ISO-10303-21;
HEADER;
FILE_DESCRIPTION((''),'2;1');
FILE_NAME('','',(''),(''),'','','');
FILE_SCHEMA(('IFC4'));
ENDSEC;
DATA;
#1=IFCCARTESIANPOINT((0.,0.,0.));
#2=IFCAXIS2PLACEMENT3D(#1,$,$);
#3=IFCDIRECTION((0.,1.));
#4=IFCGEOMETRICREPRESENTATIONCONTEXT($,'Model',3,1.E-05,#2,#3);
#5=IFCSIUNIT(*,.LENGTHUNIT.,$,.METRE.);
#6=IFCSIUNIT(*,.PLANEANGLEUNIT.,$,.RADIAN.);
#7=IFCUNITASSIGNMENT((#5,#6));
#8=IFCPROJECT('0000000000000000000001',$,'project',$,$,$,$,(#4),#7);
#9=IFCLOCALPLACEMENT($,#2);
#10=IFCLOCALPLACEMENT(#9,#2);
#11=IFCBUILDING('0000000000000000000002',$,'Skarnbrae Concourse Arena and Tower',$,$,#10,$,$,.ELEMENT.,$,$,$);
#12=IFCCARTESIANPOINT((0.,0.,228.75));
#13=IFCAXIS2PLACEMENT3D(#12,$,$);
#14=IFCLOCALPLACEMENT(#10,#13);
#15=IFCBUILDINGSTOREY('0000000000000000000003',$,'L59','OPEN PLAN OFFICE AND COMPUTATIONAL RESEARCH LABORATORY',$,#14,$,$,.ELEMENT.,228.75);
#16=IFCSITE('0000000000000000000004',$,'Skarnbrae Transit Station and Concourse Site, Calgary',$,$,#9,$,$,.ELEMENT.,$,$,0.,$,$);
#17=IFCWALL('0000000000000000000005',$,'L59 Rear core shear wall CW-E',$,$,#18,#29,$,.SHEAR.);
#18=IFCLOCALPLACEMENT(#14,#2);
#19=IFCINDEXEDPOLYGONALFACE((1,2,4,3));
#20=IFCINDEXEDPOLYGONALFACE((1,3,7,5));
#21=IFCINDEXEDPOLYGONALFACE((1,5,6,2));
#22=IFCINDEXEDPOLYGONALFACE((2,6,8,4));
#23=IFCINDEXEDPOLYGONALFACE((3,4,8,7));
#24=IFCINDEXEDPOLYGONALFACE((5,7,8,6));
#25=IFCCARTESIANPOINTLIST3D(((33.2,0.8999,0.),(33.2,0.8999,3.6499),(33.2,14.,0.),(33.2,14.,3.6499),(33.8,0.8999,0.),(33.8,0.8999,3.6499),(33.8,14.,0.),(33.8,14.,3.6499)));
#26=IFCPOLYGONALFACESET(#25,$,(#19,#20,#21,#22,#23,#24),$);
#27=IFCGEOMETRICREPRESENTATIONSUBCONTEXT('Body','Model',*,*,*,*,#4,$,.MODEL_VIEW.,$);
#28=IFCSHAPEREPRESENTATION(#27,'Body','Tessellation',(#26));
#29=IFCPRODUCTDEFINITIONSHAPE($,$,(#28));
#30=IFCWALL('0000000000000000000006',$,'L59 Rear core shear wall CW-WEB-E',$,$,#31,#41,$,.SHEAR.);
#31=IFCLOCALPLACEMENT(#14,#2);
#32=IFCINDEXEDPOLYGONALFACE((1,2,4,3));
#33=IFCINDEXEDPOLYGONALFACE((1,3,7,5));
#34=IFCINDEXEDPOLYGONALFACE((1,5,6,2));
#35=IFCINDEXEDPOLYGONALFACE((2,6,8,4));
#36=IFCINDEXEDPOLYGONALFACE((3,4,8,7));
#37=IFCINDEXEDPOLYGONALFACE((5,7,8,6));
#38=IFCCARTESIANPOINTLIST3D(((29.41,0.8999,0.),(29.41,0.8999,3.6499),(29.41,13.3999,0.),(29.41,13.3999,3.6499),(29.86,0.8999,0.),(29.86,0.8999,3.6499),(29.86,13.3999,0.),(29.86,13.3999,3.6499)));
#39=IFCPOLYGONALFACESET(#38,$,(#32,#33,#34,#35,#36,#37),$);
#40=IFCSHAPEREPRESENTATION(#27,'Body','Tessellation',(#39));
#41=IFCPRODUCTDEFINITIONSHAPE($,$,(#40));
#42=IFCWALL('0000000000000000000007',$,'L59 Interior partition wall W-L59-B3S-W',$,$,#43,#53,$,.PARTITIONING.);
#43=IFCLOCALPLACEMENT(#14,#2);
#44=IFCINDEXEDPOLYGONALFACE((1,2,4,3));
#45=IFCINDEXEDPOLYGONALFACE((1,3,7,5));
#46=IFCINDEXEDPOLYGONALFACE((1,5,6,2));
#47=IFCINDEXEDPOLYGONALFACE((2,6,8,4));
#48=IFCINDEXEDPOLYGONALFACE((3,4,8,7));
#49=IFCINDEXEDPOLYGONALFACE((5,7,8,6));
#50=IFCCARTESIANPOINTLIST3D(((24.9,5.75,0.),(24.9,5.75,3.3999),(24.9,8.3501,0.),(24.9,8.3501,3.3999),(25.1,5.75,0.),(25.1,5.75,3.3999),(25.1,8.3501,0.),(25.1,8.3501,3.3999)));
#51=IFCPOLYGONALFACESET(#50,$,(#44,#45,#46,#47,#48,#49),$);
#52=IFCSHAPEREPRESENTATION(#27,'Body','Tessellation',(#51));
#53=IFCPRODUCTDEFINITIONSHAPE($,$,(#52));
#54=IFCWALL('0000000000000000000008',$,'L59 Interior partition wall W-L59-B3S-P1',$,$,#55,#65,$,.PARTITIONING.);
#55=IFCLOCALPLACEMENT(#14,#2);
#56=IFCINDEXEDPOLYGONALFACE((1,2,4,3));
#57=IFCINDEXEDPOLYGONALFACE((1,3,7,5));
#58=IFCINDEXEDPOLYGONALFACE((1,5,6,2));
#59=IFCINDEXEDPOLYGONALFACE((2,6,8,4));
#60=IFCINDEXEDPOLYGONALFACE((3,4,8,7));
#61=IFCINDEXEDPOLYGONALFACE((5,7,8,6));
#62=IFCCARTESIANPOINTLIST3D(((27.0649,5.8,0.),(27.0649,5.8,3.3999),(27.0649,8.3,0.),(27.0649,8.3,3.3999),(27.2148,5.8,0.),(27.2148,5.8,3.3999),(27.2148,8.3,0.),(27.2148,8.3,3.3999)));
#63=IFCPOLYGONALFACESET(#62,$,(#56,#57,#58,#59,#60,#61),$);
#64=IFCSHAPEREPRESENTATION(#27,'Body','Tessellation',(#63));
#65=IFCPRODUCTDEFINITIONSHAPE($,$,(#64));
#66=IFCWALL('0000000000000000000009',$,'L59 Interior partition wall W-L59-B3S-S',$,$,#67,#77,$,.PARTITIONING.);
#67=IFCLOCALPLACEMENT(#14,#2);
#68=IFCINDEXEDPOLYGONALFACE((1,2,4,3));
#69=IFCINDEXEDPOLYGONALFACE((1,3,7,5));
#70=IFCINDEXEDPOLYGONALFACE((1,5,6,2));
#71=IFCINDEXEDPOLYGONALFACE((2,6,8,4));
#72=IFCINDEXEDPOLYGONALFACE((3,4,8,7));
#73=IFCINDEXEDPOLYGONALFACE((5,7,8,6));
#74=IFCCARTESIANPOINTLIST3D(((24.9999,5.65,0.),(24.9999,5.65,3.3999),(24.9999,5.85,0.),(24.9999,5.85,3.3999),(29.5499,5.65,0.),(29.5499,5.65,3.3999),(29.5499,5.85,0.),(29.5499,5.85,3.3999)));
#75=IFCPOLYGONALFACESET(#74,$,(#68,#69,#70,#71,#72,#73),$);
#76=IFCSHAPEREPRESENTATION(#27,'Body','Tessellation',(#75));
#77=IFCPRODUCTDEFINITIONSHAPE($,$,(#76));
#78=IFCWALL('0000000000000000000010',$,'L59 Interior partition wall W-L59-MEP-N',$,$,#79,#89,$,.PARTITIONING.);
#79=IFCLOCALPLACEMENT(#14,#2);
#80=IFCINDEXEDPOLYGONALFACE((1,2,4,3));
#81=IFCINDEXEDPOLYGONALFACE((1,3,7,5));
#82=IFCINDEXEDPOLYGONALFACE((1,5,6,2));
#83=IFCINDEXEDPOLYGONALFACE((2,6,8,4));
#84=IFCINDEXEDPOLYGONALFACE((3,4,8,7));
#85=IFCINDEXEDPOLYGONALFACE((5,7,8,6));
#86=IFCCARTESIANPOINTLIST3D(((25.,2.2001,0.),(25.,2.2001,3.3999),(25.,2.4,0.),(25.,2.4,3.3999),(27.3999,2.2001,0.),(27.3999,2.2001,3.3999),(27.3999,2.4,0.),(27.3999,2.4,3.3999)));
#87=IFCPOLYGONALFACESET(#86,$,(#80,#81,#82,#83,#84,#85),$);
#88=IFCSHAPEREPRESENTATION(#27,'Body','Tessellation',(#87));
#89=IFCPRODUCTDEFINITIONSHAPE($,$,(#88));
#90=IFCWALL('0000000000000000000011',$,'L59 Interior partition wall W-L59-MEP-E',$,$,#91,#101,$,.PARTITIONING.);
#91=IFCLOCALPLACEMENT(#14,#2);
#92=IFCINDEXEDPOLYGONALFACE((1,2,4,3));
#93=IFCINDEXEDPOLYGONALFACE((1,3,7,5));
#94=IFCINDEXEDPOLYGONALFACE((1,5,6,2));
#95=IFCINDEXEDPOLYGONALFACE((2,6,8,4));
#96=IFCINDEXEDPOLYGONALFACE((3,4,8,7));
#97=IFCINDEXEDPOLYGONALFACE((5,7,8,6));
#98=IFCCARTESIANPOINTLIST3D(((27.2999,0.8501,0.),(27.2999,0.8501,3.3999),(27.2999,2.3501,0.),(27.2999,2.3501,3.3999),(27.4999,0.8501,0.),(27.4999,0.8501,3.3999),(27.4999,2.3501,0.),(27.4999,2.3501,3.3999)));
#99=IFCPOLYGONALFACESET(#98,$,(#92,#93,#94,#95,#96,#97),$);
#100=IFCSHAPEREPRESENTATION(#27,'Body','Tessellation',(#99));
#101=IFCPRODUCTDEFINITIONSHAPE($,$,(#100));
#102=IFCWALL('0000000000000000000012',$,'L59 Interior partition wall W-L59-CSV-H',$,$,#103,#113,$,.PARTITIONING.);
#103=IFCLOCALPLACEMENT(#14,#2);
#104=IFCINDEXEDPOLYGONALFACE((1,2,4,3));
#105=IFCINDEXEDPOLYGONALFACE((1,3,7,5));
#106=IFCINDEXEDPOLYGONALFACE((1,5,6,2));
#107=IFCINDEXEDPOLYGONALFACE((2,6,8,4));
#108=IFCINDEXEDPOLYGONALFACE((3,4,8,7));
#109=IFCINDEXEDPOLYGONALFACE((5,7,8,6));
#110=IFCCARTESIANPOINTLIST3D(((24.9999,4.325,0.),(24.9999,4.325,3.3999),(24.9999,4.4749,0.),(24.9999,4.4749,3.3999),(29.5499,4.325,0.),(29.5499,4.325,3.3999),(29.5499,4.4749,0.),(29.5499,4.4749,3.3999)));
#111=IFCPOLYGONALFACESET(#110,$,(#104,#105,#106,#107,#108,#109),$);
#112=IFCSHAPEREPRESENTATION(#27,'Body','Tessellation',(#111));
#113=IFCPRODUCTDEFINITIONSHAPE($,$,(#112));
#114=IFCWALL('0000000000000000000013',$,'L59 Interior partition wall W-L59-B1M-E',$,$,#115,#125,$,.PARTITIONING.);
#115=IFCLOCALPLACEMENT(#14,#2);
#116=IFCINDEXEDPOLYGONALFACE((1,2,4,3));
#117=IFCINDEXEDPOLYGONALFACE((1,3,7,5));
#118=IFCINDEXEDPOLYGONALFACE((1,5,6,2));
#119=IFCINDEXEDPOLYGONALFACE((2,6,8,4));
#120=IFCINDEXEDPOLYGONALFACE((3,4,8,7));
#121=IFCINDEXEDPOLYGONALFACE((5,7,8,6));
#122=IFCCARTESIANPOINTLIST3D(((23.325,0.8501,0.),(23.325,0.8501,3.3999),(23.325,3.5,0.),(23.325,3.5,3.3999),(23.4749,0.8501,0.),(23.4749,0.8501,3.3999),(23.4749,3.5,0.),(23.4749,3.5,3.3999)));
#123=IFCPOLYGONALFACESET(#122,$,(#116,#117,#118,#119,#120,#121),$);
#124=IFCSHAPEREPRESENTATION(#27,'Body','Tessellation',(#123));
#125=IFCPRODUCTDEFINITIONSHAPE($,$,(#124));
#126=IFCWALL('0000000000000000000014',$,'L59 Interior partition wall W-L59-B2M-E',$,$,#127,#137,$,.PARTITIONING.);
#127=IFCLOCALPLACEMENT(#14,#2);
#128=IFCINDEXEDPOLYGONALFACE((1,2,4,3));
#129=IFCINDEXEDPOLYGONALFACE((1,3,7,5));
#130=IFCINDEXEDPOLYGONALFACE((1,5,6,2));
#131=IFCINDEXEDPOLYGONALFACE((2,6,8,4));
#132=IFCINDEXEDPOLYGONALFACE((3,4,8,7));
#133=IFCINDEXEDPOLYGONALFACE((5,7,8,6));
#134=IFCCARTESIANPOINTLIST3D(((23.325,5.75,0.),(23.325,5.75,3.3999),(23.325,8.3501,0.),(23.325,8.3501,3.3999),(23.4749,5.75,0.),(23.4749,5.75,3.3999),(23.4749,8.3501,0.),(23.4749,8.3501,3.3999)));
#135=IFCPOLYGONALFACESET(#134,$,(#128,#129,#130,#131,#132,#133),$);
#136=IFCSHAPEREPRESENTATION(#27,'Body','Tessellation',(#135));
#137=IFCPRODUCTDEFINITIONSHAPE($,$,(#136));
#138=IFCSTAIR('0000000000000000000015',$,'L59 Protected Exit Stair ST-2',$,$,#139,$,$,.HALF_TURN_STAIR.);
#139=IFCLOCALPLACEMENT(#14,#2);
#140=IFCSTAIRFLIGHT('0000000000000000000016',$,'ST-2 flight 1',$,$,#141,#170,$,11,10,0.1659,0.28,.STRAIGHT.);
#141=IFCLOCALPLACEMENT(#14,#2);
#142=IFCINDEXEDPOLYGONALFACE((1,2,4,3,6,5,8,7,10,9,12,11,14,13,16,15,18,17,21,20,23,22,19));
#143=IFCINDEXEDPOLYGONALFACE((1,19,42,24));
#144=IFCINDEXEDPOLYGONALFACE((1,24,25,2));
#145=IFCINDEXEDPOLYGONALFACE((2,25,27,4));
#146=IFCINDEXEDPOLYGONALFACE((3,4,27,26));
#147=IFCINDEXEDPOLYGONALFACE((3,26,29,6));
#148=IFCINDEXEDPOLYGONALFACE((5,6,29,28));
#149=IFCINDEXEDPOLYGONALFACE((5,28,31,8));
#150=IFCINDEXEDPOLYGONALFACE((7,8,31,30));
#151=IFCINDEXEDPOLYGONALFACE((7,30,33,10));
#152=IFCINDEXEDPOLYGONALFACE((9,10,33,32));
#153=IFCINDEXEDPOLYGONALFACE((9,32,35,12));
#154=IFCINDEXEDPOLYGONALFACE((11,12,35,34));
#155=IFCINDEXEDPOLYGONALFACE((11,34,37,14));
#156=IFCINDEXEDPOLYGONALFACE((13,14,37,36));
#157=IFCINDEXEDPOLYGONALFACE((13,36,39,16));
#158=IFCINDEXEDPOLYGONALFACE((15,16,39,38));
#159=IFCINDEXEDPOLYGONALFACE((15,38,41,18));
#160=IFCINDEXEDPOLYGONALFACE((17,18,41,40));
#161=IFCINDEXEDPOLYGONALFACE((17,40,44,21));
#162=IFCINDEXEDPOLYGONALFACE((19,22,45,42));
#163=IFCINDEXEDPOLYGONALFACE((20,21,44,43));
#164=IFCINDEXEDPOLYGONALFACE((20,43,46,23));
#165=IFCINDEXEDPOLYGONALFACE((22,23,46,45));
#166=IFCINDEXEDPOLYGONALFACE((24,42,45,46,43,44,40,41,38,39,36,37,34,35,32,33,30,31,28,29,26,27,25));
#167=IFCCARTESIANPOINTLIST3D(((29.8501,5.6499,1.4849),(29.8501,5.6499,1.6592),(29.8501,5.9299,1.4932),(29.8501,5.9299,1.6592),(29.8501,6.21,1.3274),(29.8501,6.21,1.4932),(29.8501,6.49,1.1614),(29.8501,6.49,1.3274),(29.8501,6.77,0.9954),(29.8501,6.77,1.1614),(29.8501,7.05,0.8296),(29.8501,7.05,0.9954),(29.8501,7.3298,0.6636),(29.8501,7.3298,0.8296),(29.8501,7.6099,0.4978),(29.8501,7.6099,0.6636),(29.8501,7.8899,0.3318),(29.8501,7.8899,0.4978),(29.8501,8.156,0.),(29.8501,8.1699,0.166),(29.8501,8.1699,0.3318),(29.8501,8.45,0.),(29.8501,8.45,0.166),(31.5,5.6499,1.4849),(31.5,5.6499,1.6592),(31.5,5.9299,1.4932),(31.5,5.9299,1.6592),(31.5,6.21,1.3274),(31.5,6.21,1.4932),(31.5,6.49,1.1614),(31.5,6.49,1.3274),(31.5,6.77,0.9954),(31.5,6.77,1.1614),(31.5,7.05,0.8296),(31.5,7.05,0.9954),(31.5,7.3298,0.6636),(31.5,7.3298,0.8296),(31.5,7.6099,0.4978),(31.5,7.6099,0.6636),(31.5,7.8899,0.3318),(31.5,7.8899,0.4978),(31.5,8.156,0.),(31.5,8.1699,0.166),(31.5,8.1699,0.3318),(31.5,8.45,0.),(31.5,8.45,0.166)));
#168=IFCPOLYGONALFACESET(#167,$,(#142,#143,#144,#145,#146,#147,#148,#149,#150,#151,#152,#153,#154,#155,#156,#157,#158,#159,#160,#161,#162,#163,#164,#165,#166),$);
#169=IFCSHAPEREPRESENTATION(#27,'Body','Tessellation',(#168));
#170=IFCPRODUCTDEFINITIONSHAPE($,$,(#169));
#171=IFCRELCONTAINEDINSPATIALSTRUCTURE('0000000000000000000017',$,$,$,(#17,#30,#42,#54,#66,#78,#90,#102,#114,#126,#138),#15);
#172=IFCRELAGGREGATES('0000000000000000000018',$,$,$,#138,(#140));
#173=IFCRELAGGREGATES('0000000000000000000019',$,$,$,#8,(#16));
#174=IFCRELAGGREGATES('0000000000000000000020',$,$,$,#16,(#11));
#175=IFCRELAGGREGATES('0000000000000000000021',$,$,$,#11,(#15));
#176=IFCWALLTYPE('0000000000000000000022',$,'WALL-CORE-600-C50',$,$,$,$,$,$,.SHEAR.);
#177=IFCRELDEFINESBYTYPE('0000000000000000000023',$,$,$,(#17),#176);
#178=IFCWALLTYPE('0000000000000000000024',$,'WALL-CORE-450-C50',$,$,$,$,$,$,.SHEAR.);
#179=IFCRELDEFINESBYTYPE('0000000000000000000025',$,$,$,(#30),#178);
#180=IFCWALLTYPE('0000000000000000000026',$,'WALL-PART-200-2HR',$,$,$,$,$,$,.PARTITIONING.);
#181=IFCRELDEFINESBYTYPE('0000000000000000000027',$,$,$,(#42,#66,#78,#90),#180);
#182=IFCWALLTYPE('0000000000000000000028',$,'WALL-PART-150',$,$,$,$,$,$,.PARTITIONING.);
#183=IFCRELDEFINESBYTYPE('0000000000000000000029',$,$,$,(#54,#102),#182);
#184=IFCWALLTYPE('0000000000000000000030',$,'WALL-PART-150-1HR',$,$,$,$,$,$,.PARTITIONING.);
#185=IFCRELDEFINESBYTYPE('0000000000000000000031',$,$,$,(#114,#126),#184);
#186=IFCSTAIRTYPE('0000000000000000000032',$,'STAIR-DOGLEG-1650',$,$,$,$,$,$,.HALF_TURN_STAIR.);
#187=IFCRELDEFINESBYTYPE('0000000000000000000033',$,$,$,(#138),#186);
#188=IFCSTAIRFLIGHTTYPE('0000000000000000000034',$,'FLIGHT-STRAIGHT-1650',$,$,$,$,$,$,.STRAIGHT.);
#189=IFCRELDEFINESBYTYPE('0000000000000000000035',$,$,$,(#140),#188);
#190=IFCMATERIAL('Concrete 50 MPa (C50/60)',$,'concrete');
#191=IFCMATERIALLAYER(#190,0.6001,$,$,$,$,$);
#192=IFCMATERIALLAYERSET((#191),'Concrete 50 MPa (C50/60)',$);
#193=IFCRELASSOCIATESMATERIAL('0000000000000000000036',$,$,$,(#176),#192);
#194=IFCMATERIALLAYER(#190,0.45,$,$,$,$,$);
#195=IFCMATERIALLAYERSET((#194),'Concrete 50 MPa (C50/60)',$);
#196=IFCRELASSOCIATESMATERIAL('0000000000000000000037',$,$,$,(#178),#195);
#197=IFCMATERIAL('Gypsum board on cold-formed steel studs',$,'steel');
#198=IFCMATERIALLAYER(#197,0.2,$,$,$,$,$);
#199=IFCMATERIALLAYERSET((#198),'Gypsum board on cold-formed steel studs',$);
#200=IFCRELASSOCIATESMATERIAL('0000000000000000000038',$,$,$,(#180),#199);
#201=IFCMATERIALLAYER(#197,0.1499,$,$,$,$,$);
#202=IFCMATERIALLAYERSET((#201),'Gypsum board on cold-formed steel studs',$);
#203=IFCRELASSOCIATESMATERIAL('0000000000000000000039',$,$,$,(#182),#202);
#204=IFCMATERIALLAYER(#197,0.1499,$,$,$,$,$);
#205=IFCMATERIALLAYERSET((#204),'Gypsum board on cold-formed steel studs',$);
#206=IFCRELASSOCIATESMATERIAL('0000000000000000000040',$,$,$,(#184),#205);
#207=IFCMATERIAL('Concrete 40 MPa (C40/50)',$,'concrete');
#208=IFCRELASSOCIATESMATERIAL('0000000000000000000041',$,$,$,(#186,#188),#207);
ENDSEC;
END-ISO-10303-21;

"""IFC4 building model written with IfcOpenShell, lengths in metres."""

from ifc_helpers import new_model, si_unit, direction, frame, frame_2d, origin, place, context, subcontext, project, spatial, polyline, rectangle, outline, extrude, source, transform, mapped, material, layer, layer_set, type_object, element, aggregate, save


model = new_model("IFC4")

# Units and contexts
model_context = context("Model", 3, precision=1e-05, world=origin(), true_north=direction((0.0, 1.0)))
body_context = subcontext(model_context, "Body", "Model", "MODEL_VIEW")
ifc_project = project(units=[si_unit("LENGTHUNIT", "METRE"), si_unit("PLANEANGLEUNIT", "RADIAN")], contexts=[model_context])

# Site, building, storey
site_placement = place(None, origin())
site = spatial("IfcSite", under=ifc_project, at=site_placement, Name="Skarnbrae Transit Station and Concourse Site, Calgary", CompositionType="ELEMENT", RefElevation=0.0)
building_placement = place(site_placement, origin())
building = spatial("IfcBuilding", under=site, at=building_placement, Name="Skarnbrae Concourse Arena and Tower", CompositionType="ELEMENT")
storey_placement = place(building_placement, frame((0.0, 0.0, 228.75)))
storey = spatial("IfcBuildingStorey", under=building, at=storey_placement, Name="L59", Description="OPEN PLAN OFFICE AND COMPUTATIONAL RESEARCH LABORATORY", CompositionType="ELEMENT", Elevation=228.75)

# Walls
ifc_material_1 = material(Name="Concrete 50 MPa (C50/60)", Category="concrete")
ifc_layer_1 = layer(ifc_material_1, 0.6001)
ifc_layer_set_1 = layer_set([ifc_layer_1], Name="Concrete 50 MPa (C50/60)")
wall_type_1 = type_object("IfcWallType", Name="WALL-CORE-600-C50", PredefinedType="SHEAR", material=ifc_layer_set_1)
shared_shape_1 = source(origin(), body_context, "Body", "SweptSolid", [
    extrude(rectangle(XDim=13.1001, YDim=0.6001, at=frame_2d((6.55, 0.0))), origin(), (0.0, 0.0, 1.0), 3.6499),
])
wall_1_placement = place(storey_placement, frame((33.5, 0.8999, 0.0), z_axis=(0.0, 0.0, 1.0), x_axis=(0.0, 1.0, 0.0)))
element("IfcWall", 1, at=wall_1_placement, inside=storey, type_object=wall_type_1, Name="L59 Rear core shear wall CW-E", PredefinedType="SHEAR", context=body_context, shape_type="MappedRepresentation", body=[
    mapped(shared_shape_1, transform((0.0, 0.0, 0.0))),
])
ifc_layer_2 = layer(ifc_material_1, 0.45)
ifc_layer_set_2 = layer_set([ifc_layer_2], Name="Concrete 50 MPa (C50/60)")
wall_type_2 = type_object("IfcWallType", Name="WALL-CORE-450-C50", PredefinedType="SHEAR", material=ifc_layer_set_2)
shared_shape_2 = source(origin(), body_context, "Body", "SweptSolid", [
    extrude(rectangle(XDim=12.5, YDim=0.45, at=frame_2d((6.25, 0.0))), origin(), (0.0, 0.0, 1.0), 3.6499),
])
wall_2_placement = place(storey_placement, frame((29.635, 0.8999, 0.0), z_axis=(0.0, 0.0, 1.0), x_axis=(0.0, 1.0, 0.0)))
element("IfcWall", 2, at=wall_2_placement, inside=storey, type_object=wall_type_2, Name="L59 Rear core shear wall CW-WEB-E", PredefinedType="SHEAR", context=body_context, shape_type="MappedRepresentation", body=[
    mapped(shared_shape_2, transform((0.0, 0.0, 0.0))),
])
ifc_material_2 = material(Name="Gypsum board on cold-formed steel studs", Category="steel")
ifc_layer_3 = layer(ifc_material_2, 0.2)
ifc_layer_set_3 = layer_set([ifc_layer_3], Name="Gypsum board on cold-formed steel studs")
wall_type_3 = type_object("IfcWallType", Name="WALL-PART-200-2HR", PredefinedType="PARTITIONING", material=ifc_layer_set_3)
shared_shape_3 = source(origin(), body_context, "Body", "SweptSolid", [
    extrude(rectangle(XDim=2.6001, YDim=0.2, at=frame_2d((1.3, 0.0))), origin(), (0.0, 0.0, 1.0), 3.3999),
])
wall_3_placement = place(storey_placement, frame((25.0, 5.75, 0.0), z_axis=(0.0, 0.0, 1.0), x_axis=(0.0, 1.0, 0.0)))
element("IfcWall", 3, at=wall_3_placement, inside=storey, type_object=wall_type_3, Name="L59 Interior partition wall W-L59-B3S-W", PredefinedType="PARTITIONING", context=body_context, shape_type="MappedRepresentation", body=[
    mapped(shared_shape_3, transform((0.0, 0.0, 0.0))),
])
ifc_layer_4 = layer(ifc_material_2, 0.1499)
ifc_layer_set_4 = layer_set([ifc_layer_4], Name="Gypsum board on cold-formed steel studs")
wall_type_4 = type_object("IfcWallType", Name="WALL-PART-150", PredefinedType="PARTITIONING", material=ifc_layer_set_4)
shared_shape_4 = source(origin(), body_context, "Body", "SweptSolid", [
    extrude(rectangle(XDim=2.5, YDim=0.1499, at=frame_2d((1.25, 0.0))), origin(), (0.0, 0.0, 1.0), 3.3999),
])
wall_4_placement = place(storey_placement, frame((27.1399, 5.8, 0.0), z_axis=(0.0, 0.0, 1.0), x_axis=(0.0, 1.0, 0.0)))
element("IfcWall", 4, at=wall_4_placement, inside=storey, type_object=wall_type_4, Name="L59 Interior partition wall W-L59-B3S-P1", PredefinedType="PARTITIONING", context=body_context, shape_type="MappedRepresentation", body=[
    mapped(shared_shape_4, transform((0.0, 0.0, 0.0))),
])

# Shared definitions
shared_shape_5 = source(origin(), body_context, "Body", "SweptSolid", [
    extrude(rectangle(XDim=4.55, YDim=0.2, at=frame_2d((2.2749, 0.0))), origin(), (0.0, 0.0, 1.0), 3.3999),
])

# Wall
wall_5_placement = place(storey_placement, frame((25.0, 5.75, 0.0), z_axis=(0.0, 0.0, 1.0), x_axis=(1.0, 0.0, 0.0)))
element("IfcWall", 5, at=wall_5_placement, inside=storey, type_object=wall_type_3, Name="L59 Interior partition wall W-L59-B3S-S", PredefinedType="PARTITIONING", context=body_context, shape_type="MappedRepresentation", body=[
    mapped(shared_shape_5, transform((0.0, 0.0, 0.0))),
])

# Shared definitions
ifc_layer_5 = layer(ifc_material_2, 0.1499)
ifc_layer_set_5 = layer_set([ifc_layer_5], Name="Gypsum board on cold-formed steel studs")
wall_type_5 = type_object("IfcWallType", Name="WALL-PART-150-1HR", PredefinedType="PARTITIONING", material=ifc_layer_set_5)

# Walls
shared_shape_6 = source(origin(), body_context, "Body", "SweptSolid", [
    extrude(rectangle(XDim=2.3999, YDim=0.2, at=frame_2d((1.2, 0.0))), origin(), (0.0, 0.0, 1.0), 3.3999),
])
wall_6_placement = place(storey_placement, frame((25.0, 2.3, 0.0), z_axis=(0.0, 0.0, 1.0), x_axis=(1.0, 0.0, 0.0)))
element("IfcWall", 6, at=wall_6_placement, inside=storey, type_object=wall_type_3, Name="L59 Interior partition wall W-L59-MEP-N", PredefinedType="PARTITIONING", context=body_context, shape_type="MappedRepresentation", body=[
    mapped(shared_shape_6, transform((0.0, 0.0, 0.0))),
])
shared_shape_7 = source(origin(), body_context, "Body", "SweptSolid", [
    extrude(rectangle(XDim=1.5, YDim=0.2, at=frame_2d((0.75, 0.0))), origin(), (0.0, 0.0, 1.0), 3.3999),
])
wall_7_placement = place(storey_placement, frame((27.3999, 0.8501, 0.0), z_axis=(0.0, 0.0, 1.0), x_axis=(0.0, 1.0, 0.0)))
element("IfcWall", 7, at=wall_7_placement, inside=storey, type_object=wall_type_3, Name="L59 Interior partition wall W-L59-MEP-E", PredefinedType="PARTITIONING", context=body_context, shape_type="MappedRepresentation", body=[
    mapped(shared_shape_7, transform((0.0, 0.0, 0.0))),
])
shared_shape_8 = source(origin(), body_context, "Body", "SweptSolid", [
    extrude(rectangle(XDim=4.55, YDim=0.1499, at=frame_2d((2.2749, 0.0))), origin(), (0.0, 0.0, 1.0), 3.3999),
])
wall_8_placement = place(storey_placement, frame((25.0, 4.3999, 0.0), z_axis=(0.0, 0.0, 1.0), x_axis=(1.0, 0.0, 0.0)))
element("IfcWall", 8, at=wall_8_placement, inside=storey, type_object=wall_type_4, Name="L59 Interior partition wall W-L59-CSV-H", PredefinedType="PARTITIONING", context=body_context, shape_type="MappedRepresentation", body=[
    mapped(shared_shape_8, transform((0.0, 0.0, 0.0))),
])
shared_shape_9 = source(origin(), body_context, "Body", "SweptSolid", [
    extrude(rectangle(XDim=2.6499, YDim=0.1499, at=frame_2d((1.325, 0.0))), origin(), (0.0, 0.0, 1.0), 3.3999),
])
wall_9_placement = place(storey_placement, frame((23.3999, 0.8501, 0.0), z_axis=(0.0, 0.0, 1.0), x_axis=(0.0, 1.0, 0.0)))
element("IfcWall", 9, at=wall_9_placement, inside=storey, type_object=wall_type_5, Name="L59 Interior partition wall W-L59-B1M-E", PredefinedType="PARTITIONING", context=body_context, shape_type="MappedRepresentation", body=[
    mapped(shared_shape_9, transform((0.0, 0.0, 0.0))),
])
shared_shape_10 = source(origin(), body_context, "Body", "SweptSolid", [
    extrude(rectangle(XDim=2.6001, YDim=0.1499, at=frame_2d((1.3, 0.0))), origin(), (0.0, 0.0, 1.0), 3.3999),
])
wall_10_placement = place(storey_placement, frame((23.3999, 5.75, 0.0), z_axis=(0.0, 0.0, 1.0), x_axis=(0.0, 1.0, 0.0)))
element("IfcWall", 10, at=wall_10_placement, inside=storey, type_object=wall_type_5, Name="L59 Interior partition wall W-L59-B2M-E", PredefinedType="PARTITIONING", context=body_context, shape_type="MappedRepresentation", body=[
    mapped(shared_shape_10, transform((0.0, 0.0, 0.0))),
])

# Stair, stair flight
ifc_material_3 = material(Name="Concrete 40 MPa (C40/50)", Category="concrete")
stair_type = type_object("IfcStairType", Name="STAIR-DOGLEG-1650", PredefinedType="HALF_TURN_STAIR", material=ifc_material_3)
stair_placement = place(storey_placement, origin())
stair = element("IfcStair", 11, at=stair_placement, inside=storey, type_object=stair_type, Name="L59 Protected Exit Stair ST-2", PredefinedType="HALF_TURN_STAIR")
stair_flight_type = type_object("IfcStairFlightType", Name="FLIGHT-STRAIGHT-1650", PredefinedType="STRAIGHT", material=ifc_material_3)
shared_shape_11 = source(origin(), body_context, "Body", "SweptSolid", [
    extrude(outline(polyline([(0.0, 0.0), (0.0, 0.166), (0.28, 0.166), (0.28, 0.3318), (0.5601, 0.3318), (0.5601, 0.4978), (0.8401, 0.4978), (0.8401, 0.6636), (1.1201, 0.6636), (1.1201, 0.8296), (1.3999, 0.8296), (1.3999, 0.9954), (1.6799, 0.9954), (1.6799, 1.1614), (1.96, 1.1614), (1.96, 1.3274), (2.24, 1.3274), (2.24, 1.4932), (2.52, 1.4932), (2.52, 1.6592), (2.8, 1.6592), (2.8, 1.825), (2.8, 1.4849), (0.2939, 0.0), (0.0, 0.0)])), frame((0.0, 0.825, 0.0), z_axis=(0.0, -1.0, 0.0), x_axis=(1.0, 0.0, 0.0)), (0.0, 0.0, 1.0), 1.6499),
])
stair_flight_1_placement = place(storey_placement, frame((30.675, 8.45, 0.0), z_axis=(0.0, 0.0, 1.0), x_axis=(0.0, -1.0, 0.0)))
stair_flight_1 = element("IfcStairFlight", 12, at=stair_flight_1_placement, type_object=stair_flight_type, Name="ST-2 flight 1", NumberOfRisers=11, NumberOfTreads=10, PredefinedType="STRAIGHT", RiserHeight=0.1659, TreadLength=0.28, context=body_context, shape_type="MappedRepresentation", body=[
    mapped(shared_shape_11, transform((0.0, 0.0, 0.0))),
])
aggregate(stair, [stair_flight_1])

save(model, "model.ifc")
